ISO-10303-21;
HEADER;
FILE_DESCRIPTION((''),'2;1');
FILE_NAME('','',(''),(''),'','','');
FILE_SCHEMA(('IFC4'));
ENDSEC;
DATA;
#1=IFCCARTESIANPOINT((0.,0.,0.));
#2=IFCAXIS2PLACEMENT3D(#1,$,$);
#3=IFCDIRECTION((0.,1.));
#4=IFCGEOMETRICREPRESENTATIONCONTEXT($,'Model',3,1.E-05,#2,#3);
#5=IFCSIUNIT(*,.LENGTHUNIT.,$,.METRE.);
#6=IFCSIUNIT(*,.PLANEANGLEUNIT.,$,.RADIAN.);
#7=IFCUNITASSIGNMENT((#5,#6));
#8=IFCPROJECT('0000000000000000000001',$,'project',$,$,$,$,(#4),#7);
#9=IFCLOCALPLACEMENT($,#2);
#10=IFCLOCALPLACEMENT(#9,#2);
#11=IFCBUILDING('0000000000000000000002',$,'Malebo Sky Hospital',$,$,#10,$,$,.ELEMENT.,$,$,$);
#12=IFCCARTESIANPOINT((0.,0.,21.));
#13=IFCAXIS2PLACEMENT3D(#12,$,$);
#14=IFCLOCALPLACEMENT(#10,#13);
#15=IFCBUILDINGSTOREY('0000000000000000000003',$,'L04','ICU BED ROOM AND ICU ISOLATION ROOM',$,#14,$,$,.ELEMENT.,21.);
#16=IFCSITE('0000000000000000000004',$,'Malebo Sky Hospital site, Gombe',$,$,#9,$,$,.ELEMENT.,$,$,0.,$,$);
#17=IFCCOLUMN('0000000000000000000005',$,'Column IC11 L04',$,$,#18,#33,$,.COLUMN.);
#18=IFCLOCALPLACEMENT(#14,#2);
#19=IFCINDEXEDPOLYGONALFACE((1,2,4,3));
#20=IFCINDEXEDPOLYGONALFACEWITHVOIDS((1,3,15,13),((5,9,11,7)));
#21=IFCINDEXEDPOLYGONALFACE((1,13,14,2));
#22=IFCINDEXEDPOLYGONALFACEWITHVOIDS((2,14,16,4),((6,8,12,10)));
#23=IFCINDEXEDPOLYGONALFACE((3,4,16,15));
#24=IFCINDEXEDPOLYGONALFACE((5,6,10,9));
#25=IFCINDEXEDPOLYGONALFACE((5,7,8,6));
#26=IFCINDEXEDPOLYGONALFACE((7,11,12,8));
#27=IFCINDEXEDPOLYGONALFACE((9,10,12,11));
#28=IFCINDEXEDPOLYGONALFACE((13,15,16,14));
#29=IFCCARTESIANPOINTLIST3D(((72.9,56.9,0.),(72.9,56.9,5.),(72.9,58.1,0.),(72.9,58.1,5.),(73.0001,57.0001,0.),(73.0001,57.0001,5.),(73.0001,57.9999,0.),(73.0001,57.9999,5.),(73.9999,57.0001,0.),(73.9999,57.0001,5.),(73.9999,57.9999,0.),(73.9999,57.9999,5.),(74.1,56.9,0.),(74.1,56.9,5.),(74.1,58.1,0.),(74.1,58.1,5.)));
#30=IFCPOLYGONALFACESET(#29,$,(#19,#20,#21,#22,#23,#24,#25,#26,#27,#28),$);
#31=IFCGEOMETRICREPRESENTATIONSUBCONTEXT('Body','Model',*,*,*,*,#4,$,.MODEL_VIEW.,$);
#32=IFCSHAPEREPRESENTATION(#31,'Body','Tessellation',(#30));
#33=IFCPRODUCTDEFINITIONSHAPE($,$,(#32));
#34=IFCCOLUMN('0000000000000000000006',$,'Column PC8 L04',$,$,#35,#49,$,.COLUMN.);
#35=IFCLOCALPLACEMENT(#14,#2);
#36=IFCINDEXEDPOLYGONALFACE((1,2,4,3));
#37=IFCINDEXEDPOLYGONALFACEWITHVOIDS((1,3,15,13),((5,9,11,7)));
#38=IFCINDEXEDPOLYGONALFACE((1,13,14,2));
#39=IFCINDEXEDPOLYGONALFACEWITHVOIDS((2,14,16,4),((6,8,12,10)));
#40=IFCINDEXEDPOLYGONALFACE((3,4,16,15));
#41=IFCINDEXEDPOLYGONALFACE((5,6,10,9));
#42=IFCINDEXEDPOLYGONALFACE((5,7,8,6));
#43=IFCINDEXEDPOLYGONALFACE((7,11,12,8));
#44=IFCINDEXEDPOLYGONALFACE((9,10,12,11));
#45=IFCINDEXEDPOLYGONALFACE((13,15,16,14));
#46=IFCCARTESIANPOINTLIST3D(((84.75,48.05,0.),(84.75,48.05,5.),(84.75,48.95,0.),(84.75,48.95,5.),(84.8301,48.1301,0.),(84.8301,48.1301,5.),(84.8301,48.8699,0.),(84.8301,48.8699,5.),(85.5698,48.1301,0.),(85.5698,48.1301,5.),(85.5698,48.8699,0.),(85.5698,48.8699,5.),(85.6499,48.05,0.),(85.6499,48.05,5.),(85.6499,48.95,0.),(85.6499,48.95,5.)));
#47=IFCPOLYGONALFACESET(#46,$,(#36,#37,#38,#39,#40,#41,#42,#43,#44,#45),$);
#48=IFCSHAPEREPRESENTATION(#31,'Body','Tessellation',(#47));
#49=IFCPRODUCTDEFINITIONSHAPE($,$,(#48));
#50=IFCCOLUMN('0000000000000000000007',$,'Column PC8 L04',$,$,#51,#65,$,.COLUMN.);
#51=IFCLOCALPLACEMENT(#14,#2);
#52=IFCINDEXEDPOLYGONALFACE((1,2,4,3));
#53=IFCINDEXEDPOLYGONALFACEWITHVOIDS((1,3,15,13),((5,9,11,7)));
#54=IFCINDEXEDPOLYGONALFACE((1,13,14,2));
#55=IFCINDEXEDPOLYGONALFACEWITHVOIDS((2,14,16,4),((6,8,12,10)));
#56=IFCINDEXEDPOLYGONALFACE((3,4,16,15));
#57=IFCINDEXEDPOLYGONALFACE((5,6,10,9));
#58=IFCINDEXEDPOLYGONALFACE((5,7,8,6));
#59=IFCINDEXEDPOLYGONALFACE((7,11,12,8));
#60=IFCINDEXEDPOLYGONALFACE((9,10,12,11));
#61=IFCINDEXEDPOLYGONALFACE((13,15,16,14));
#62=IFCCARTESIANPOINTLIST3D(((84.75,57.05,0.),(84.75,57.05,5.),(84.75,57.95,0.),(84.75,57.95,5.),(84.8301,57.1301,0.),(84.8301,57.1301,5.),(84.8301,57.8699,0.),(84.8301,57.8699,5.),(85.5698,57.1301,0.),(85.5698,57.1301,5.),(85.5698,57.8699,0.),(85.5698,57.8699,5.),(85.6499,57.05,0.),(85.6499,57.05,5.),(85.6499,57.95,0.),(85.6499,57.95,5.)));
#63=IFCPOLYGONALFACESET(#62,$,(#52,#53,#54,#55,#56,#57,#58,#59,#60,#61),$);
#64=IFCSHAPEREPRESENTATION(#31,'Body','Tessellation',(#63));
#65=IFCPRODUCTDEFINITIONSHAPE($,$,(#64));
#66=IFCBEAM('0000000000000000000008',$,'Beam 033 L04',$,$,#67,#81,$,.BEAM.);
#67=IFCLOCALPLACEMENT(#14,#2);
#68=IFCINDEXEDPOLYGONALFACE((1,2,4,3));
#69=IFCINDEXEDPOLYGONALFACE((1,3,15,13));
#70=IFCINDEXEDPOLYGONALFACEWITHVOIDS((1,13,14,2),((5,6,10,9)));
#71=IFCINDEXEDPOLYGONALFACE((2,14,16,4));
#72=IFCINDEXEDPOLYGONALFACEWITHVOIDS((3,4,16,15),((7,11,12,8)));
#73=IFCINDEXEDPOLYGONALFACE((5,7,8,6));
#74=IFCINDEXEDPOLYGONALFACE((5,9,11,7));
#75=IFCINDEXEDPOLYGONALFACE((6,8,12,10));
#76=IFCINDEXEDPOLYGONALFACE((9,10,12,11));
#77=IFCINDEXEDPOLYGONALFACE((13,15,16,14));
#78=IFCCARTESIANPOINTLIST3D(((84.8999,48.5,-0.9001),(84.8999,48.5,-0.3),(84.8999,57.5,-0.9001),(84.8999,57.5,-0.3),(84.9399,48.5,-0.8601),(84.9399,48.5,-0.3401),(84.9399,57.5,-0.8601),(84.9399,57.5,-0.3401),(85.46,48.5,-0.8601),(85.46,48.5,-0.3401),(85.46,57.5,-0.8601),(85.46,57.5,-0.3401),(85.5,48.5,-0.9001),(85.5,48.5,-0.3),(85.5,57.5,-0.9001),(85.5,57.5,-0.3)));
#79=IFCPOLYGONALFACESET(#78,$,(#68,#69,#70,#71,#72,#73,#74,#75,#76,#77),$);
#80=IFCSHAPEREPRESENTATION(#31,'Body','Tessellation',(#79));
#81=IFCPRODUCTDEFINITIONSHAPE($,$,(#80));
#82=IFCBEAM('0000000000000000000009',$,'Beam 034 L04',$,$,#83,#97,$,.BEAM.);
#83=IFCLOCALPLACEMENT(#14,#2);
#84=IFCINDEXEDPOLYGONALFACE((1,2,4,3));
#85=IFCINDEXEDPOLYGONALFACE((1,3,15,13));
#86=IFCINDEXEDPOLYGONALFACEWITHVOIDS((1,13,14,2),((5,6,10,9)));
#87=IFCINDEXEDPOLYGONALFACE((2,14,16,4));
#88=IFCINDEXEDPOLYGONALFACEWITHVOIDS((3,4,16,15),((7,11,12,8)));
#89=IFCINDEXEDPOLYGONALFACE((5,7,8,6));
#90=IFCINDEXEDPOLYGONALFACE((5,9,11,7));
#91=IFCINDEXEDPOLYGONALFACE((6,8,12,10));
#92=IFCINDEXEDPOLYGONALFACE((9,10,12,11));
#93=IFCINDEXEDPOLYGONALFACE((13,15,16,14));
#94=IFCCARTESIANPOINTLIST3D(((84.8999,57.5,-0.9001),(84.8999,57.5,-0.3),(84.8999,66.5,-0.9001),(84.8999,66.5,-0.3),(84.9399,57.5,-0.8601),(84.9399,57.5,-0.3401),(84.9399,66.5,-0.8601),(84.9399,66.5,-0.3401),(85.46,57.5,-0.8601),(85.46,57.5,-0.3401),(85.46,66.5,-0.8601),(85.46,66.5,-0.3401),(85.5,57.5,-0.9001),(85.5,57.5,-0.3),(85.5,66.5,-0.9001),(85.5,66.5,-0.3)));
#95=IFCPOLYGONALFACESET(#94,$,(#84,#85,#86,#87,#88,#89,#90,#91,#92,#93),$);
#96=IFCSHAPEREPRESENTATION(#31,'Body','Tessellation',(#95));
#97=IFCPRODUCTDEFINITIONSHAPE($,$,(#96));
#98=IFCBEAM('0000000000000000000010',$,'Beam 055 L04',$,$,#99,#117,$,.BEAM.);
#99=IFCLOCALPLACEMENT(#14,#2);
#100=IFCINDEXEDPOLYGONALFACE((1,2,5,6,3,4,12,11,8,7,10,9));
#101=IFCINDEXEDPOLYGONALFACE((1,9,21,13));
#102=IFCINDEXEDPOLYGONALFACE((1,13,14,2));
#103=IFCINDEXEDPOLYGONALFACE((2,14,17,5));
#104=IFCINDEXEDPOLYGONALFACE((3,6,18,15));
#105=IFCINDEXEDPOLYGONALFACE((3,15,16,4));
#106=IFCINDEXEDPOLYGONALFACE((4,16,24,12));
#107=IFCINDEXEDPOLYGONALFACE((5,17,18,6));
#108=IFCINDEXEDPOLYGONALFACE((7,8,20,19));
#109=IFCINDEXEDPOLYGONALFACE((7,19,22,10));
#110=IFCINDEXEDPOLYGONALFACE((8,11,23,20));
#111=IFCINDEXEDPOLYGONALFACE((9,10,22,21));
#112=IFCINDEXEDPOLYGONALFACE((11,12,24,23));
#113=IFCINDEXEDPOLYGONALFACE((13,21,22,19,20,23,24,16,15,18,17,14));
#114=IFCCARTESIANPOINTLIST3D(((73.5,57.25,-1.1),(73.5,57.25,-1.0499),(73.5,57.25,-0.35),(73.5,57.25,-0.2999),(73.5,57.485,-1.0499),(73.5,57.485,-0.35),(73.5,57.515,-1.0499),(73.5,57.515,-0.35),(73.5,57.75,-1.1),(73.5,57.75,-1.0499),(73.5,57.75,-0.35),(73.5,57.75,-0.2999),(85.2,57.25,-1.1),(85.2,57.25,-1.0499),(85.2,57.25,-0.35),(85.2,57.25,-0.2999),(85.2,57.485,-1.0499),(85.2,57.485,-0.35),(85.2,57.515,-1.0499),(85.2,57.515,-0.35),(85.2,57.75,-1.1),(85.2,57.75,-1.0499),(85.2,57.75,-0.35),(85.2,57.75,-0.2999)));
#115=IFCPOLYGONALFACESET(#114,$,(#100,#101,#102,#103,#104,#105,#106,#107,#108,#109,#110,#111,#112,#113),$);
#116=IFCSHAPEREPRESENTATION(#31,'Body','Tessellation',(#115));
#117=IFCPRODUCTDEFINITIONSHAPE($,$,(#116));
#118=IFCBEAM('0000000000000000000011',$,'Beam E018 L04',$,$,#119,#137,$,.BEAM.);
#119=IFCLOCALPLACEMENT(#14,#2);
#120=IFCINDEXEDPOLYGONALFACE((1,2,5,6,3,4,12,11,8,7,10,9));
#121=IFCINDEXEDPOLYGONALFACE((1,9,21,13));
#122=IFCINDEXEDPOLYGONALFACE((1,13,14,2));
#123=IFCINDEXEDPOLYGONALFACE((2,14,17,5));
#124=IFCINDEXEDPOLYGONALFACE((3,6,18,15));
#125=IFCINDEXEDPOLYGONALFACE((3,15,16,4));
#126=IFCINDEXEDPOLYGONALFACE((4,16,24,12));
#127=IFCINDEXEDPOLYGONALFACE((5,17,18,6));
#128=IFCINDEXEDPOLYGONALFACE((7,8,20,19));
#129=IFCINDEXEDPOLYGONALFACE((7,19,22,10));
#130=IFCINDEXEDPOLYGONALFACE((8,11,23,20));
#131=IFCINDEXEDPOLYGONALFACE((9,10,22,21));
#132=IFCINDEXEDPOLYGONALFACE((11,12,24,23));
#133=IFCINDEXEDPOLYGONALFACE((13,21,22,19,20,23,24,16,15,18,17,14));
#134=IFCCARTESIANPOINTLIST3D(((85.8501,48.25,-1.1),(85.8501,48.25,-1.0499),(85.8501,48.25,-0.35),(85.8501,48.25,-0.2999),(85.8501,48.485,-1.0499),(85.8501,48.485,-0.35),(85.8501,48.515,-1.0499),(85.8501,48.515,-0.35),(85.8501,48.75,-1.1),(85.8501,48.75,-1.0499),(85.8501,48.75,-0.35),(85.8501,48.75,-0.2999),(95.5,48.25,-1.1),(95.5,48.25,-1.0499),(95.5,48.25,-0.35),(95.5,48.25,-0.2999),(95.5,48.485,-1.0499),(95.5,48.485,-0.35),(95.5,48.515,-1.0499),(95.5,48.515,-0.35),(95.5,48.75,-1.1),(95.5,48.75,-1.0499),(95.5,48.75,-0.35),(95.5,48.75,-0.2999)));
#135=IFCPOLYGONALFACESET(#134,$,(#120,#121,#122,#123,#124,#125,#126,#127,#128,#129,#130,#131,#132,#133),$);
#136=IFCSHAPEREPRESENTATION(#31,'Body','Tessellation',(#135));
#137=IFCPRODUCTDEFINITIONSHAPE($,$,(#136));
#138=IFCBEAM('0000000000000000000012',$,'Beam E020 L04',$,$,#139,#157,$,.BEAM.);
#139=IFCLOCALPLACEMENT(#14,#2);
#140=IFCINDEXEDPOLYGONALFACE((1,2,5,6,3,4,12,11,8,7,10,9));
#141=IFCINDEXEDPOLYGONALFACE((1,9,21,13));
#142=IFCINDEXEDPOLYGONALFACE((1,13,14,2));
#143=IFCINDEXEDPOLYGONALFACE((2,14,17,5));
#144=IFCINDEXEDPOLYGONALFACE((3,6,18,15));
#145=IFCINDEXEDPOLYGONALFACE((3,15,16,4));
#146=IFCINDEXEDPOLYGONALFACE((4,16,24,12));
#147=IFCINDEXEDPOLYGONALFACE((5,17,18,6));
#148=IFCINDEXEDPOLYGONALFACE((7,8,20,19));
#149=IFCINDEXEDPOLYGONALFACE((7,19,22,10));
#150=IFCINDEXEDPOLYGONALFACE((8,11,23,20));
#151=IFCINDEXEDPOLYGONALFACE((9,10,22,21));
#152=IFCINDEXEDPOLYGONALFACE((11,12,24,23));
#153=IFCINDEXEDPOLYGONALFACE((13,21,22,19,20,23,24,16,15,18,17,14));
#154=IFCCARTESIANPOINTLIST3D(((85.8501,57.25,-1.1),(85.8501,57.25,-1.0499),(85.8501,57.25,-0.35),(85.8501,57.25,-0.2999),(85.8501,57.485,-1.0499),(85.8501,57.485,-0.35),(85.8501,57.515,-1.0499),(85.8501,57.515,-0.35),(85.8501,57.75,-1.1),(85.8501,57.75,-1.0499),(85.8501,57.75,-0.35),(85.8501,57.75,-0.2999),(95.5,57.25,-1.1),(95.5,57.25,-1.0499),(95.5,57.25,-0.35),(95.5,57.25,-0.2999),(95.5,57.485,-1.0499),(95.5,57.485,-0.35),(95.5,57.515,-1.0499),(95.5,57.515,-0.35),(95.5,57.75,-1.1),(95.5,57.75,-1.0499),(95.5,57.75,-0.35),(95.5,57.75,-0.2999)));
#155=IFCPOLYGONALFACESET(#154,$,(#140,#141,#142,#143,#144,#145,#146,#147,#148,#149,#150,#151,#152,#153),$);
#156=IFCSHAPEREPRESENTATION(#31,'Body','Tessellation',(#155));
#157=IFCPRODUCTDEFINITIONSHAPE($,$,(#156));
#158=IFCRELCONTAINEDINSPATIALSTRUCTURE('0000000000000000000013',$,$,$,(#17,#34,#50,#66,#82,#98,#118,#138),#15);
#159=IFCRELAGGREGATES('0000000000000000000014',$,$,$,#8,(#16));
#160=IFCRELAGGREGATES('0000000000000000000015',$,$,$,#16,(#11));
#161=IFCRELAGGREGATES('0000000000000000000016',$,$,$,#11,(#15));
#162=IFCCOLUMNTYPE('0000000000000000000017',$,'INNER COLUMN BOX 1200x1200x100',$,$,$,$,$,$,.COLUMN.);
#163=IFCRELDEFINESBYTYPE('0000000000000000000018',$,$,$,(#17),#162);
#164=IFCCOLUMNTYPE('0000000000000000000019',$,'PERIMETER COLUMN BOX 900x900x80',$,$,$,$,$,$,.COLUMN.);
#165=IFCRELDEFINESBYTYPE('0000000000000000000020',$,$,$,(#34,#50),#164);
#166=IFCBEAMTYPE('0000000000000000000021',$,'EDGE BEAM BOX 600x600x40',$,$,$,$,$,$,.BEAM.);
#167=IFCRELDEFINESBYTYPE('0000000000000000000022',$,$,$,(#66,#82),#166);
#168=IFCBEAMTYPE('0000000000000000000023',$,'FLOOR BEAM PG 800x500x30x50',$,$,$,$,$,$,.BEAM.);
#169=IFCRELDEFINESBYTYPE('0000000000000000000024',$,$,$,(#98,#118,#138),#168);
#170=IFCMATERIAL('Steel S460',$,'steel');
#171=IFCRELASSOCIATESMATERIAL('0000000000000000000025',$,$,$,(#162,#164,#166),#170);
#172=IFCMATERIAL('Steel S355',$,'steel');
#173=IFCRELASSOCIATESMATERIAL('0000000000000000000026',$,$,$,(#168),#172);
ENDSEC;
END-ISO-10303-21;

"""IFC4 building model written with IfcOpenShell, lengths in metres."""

from ifc_helpers import new_model, si_unit, direction, frame, origin, origin_2d, place, context, subcontext, project, spatial, hollow_rectangle, i_section, extrude, material, material_profile, profile_set, type_object, element, save


model = new_model("IFC4")

# Units and contexts
model_context = context("Model", 3, precision=1e-05, world=origin(), true_north=direction((0.0, 1.0)))
body_context = subcontext(model_context, "Body", "Model", "MODEL_VIEW")
ifc_project = project(units=[si_unit("LENGTHUNIT", "METRE"), si_unit("PLANEANGLEUNIT", "RADIAN")], contexts=[model_context])

# Site, building, storey
site_placement = place(None, origin())
site = spatial("IfcSite", under=ifc_project, at=site_placement, Name="Malebo Sky Hospital site, Gombe", CompositionType="ELEMENT", RefElevation=0.0)
building_placement = place(site_placement, origin())
building = spatial("IfcBuilding", under=site, at=building_placement, Name="Malebo Sky Hospital", CompositionType="ELEMENT")
storey_placement = place(building_placement, frame((0.0, 0.0, 21.0)))
storey = spatial("IfcBuildingStorey", under=building, at=storey_placement, Name="L04", Description="ICU BED ROOM AND ICU ISOLATION ROOM", CompositionType="ELEMENT", Elevation=21.0)

# Columns
ifc_material_1 = material(Name="Steel S460", Category="steel")
ifc_material_profile_1 = material_profile(ifc_material_1, hollow_rectangle(XDim=1.2, YDim=1.2, WallThickness=0.1001, at=origin_2d()), Name="BOX 1200x1200x100")
ifc_profile_set_1 = profile_set([ifc_material_profile_1], Name="Steel S460")
column_type_1 = type_object("IfcColumnType", Name="INNER COLUMN BOX 1200x1200x100", PredefinedType="COLUMN", material=ifc_profile_set_1)
column_placement = place(storey_placement, frame((73.5, 57.5, 0.0), z_axis=(0.0, 0.0, 1.0), x_axis=(1.0, 0.0, 0.0)))
element("IfcColumn", 1, at=column_placement, inside=storey, type_object=column_type_1, Name="Column IC11 L04", PredefinedType="COLUMN", context=body_context, shape_type="SweptSolid", body=[
    extrude(hollow_rectangle(XDim=1.2, YDim=1.2, WallThickness=0.1001, at=origin_2d()), origin(), (0.0, 0.0, 1.0), 5.0),
])
ifc_material_profile_2 = material_profile(ifc_material_1, hollow_rectangle(XDim=0.8999, YDim=0.8999, WallThickness=0.0801, at=origin_2d()), Name="BOX 900x900x80")
ifc_profile_set_2 = profile_set([ifc_material_profile_2], Name="Steel S460")
column_type_2 = type_object("IfcColumnType", Name="PERIMETER COLUMN BOX 900x900x80", PredefinedType="COLUMN", material=ifc_profile_set_2)
for number, where, z_axis, x_axis, name in (
    (2, (85.2, 48.5, 0.0), (0.0, 0.0, 1.0), (1.0, 0.0, 0.0), "Column PC8 L04"),
    (3, (85.2, 57.5, 0.0), (0.0, 0.0, 1.0), (1.0, 0.0, 0.0), "Column PC8 L04"),
):
    element("IfcColumn", number, at=place(storey_placement, frame(where, z_axis=z_axis, x_axis=x_axis)), inside=storey, type_object=column_type_2, Name=name, PredefinedType="COLUMN", context=body_context, shape_type="SweptSolid", body=[
        extrude(hollow_rectangle(XDim=0.8999, YDim=0.8999, WallThickness=0.0801, at=origin_2d()), origin(), (0.0, 0.0, 1.0), 5.0),
    ])

# Beams
ifc_material_profile_3 = material_profile(ifc_material_1, hollow_rectangle(XDim=0.6001, YDim=0.6001, WallThickness=0.04, at=origin_2d()), Name="BOX 600x600x40")
ifc_profile_set_3 = profile_set([ifc_material_profile_3], Name="Steel S460")
beam_type_1 = type_object("IfcBeamType", Name="EDGE BEAM BOX 600x600x40", PredefinedType="BEAM", material=ifc_profile_set_3)
for number, where, z_axis, x_axis, name in (
    (4, (85.2, 48.5, -0.6001), (0.0, 1.0, 0.0), (-1.0, 0.0, 0.0), "Beam 033 L04"),
    (5, (85.2, 57.5, -0.6001), (0.0, 1.0, 0.0), (-1.0, 0.0, 0.0), "Beam 034 L04"),
):
    element("IfcBeam", number, at=place(storey_placement, frame(where, z_axis=z_axis, x_axis=x_axis)), inside=storey, type_object=beam_type_1, Name=name, PredefinedType="BEAM", context=body_context, shape_type="SweptSolid", body=[
        extrude(hollow_rectangle(XDim=0.6001, YDim=0.6001, WallThickness=0.04, at=origin_2d()), origin(), (0.0, 0.0, 1.0), 9.0),
    ])
ifc_material_2 = material(Name="Steel S355", Category="steel")
ifc_material_profile_4 = material_profile(ifc_material_2, i_section(OverallWidth=0.5, OverallDepth=0.8, WebThickness=0.03, FlangeThickness=0.05, at=origin_2d()), Name="PG 800x500x30x50")
ifc_profile_set_4 = profile_set([ifc_material_profile_4], Name="Steel S355")
beam_type_2 = type_object("IfcBeamType", Name="FLOOR BEAM PG 800x500x30x50", PredefinedType="BEAM", material=ifc_profile_set_4)
beam_1_placement = place(storey_placement, frame((73.5, 57.5, -0.7), z_axis=(1.0, 0.0, 0.0), x_axis=(0.0, 1.0, 0.0)))
element("IfcBeam", 6, at=beam_1_placement, inside=storey, type_object=beam_type_2, Name="Beam 055 L04", PredefinedType="BEAM", context=body_context, shape_type="SweptSolid", body=[
    extrude(i_section(OverallWidth=0.5, OverallDepth=0.8, WebThickness=0.03, FlangeThickness=0.05, at=origin_2d()), origin(), (0.0, 0.0, 1.0), 11.7),
])
for number, where, z_axis, x_axis, name in (
    (7, (85.8501, 48.5, -0.7), (1.0, 0.0, 0.0), (0.0, 1.0, 0.0), "Beam E018 L04"),
    (8, (85.8501, 57.5, -0.7), (1.0, 0.0, 0.0), (0.0, 1.0, 0.0), "Beam E020 L04"),
):
    element("IfcBeam", number, at=place(storey_placement, frame(where, z_axis=z_axis, x_axis=x_axis)), inside=storey, type_object=beam_type_2, Name=name, PredefinedType="BEAM", context=body_context, shape_type="SweptSolid", body=[
        extrude(i_section(OverallWidth=0.5, OverallDepth=0.8, WebThickness=0.03, FlangeThickness=0.05, at=origin_2d()), origin(), (0.0, 0.0, 1.0), 9.6499),
    ])

save(model, "model.ifc")
